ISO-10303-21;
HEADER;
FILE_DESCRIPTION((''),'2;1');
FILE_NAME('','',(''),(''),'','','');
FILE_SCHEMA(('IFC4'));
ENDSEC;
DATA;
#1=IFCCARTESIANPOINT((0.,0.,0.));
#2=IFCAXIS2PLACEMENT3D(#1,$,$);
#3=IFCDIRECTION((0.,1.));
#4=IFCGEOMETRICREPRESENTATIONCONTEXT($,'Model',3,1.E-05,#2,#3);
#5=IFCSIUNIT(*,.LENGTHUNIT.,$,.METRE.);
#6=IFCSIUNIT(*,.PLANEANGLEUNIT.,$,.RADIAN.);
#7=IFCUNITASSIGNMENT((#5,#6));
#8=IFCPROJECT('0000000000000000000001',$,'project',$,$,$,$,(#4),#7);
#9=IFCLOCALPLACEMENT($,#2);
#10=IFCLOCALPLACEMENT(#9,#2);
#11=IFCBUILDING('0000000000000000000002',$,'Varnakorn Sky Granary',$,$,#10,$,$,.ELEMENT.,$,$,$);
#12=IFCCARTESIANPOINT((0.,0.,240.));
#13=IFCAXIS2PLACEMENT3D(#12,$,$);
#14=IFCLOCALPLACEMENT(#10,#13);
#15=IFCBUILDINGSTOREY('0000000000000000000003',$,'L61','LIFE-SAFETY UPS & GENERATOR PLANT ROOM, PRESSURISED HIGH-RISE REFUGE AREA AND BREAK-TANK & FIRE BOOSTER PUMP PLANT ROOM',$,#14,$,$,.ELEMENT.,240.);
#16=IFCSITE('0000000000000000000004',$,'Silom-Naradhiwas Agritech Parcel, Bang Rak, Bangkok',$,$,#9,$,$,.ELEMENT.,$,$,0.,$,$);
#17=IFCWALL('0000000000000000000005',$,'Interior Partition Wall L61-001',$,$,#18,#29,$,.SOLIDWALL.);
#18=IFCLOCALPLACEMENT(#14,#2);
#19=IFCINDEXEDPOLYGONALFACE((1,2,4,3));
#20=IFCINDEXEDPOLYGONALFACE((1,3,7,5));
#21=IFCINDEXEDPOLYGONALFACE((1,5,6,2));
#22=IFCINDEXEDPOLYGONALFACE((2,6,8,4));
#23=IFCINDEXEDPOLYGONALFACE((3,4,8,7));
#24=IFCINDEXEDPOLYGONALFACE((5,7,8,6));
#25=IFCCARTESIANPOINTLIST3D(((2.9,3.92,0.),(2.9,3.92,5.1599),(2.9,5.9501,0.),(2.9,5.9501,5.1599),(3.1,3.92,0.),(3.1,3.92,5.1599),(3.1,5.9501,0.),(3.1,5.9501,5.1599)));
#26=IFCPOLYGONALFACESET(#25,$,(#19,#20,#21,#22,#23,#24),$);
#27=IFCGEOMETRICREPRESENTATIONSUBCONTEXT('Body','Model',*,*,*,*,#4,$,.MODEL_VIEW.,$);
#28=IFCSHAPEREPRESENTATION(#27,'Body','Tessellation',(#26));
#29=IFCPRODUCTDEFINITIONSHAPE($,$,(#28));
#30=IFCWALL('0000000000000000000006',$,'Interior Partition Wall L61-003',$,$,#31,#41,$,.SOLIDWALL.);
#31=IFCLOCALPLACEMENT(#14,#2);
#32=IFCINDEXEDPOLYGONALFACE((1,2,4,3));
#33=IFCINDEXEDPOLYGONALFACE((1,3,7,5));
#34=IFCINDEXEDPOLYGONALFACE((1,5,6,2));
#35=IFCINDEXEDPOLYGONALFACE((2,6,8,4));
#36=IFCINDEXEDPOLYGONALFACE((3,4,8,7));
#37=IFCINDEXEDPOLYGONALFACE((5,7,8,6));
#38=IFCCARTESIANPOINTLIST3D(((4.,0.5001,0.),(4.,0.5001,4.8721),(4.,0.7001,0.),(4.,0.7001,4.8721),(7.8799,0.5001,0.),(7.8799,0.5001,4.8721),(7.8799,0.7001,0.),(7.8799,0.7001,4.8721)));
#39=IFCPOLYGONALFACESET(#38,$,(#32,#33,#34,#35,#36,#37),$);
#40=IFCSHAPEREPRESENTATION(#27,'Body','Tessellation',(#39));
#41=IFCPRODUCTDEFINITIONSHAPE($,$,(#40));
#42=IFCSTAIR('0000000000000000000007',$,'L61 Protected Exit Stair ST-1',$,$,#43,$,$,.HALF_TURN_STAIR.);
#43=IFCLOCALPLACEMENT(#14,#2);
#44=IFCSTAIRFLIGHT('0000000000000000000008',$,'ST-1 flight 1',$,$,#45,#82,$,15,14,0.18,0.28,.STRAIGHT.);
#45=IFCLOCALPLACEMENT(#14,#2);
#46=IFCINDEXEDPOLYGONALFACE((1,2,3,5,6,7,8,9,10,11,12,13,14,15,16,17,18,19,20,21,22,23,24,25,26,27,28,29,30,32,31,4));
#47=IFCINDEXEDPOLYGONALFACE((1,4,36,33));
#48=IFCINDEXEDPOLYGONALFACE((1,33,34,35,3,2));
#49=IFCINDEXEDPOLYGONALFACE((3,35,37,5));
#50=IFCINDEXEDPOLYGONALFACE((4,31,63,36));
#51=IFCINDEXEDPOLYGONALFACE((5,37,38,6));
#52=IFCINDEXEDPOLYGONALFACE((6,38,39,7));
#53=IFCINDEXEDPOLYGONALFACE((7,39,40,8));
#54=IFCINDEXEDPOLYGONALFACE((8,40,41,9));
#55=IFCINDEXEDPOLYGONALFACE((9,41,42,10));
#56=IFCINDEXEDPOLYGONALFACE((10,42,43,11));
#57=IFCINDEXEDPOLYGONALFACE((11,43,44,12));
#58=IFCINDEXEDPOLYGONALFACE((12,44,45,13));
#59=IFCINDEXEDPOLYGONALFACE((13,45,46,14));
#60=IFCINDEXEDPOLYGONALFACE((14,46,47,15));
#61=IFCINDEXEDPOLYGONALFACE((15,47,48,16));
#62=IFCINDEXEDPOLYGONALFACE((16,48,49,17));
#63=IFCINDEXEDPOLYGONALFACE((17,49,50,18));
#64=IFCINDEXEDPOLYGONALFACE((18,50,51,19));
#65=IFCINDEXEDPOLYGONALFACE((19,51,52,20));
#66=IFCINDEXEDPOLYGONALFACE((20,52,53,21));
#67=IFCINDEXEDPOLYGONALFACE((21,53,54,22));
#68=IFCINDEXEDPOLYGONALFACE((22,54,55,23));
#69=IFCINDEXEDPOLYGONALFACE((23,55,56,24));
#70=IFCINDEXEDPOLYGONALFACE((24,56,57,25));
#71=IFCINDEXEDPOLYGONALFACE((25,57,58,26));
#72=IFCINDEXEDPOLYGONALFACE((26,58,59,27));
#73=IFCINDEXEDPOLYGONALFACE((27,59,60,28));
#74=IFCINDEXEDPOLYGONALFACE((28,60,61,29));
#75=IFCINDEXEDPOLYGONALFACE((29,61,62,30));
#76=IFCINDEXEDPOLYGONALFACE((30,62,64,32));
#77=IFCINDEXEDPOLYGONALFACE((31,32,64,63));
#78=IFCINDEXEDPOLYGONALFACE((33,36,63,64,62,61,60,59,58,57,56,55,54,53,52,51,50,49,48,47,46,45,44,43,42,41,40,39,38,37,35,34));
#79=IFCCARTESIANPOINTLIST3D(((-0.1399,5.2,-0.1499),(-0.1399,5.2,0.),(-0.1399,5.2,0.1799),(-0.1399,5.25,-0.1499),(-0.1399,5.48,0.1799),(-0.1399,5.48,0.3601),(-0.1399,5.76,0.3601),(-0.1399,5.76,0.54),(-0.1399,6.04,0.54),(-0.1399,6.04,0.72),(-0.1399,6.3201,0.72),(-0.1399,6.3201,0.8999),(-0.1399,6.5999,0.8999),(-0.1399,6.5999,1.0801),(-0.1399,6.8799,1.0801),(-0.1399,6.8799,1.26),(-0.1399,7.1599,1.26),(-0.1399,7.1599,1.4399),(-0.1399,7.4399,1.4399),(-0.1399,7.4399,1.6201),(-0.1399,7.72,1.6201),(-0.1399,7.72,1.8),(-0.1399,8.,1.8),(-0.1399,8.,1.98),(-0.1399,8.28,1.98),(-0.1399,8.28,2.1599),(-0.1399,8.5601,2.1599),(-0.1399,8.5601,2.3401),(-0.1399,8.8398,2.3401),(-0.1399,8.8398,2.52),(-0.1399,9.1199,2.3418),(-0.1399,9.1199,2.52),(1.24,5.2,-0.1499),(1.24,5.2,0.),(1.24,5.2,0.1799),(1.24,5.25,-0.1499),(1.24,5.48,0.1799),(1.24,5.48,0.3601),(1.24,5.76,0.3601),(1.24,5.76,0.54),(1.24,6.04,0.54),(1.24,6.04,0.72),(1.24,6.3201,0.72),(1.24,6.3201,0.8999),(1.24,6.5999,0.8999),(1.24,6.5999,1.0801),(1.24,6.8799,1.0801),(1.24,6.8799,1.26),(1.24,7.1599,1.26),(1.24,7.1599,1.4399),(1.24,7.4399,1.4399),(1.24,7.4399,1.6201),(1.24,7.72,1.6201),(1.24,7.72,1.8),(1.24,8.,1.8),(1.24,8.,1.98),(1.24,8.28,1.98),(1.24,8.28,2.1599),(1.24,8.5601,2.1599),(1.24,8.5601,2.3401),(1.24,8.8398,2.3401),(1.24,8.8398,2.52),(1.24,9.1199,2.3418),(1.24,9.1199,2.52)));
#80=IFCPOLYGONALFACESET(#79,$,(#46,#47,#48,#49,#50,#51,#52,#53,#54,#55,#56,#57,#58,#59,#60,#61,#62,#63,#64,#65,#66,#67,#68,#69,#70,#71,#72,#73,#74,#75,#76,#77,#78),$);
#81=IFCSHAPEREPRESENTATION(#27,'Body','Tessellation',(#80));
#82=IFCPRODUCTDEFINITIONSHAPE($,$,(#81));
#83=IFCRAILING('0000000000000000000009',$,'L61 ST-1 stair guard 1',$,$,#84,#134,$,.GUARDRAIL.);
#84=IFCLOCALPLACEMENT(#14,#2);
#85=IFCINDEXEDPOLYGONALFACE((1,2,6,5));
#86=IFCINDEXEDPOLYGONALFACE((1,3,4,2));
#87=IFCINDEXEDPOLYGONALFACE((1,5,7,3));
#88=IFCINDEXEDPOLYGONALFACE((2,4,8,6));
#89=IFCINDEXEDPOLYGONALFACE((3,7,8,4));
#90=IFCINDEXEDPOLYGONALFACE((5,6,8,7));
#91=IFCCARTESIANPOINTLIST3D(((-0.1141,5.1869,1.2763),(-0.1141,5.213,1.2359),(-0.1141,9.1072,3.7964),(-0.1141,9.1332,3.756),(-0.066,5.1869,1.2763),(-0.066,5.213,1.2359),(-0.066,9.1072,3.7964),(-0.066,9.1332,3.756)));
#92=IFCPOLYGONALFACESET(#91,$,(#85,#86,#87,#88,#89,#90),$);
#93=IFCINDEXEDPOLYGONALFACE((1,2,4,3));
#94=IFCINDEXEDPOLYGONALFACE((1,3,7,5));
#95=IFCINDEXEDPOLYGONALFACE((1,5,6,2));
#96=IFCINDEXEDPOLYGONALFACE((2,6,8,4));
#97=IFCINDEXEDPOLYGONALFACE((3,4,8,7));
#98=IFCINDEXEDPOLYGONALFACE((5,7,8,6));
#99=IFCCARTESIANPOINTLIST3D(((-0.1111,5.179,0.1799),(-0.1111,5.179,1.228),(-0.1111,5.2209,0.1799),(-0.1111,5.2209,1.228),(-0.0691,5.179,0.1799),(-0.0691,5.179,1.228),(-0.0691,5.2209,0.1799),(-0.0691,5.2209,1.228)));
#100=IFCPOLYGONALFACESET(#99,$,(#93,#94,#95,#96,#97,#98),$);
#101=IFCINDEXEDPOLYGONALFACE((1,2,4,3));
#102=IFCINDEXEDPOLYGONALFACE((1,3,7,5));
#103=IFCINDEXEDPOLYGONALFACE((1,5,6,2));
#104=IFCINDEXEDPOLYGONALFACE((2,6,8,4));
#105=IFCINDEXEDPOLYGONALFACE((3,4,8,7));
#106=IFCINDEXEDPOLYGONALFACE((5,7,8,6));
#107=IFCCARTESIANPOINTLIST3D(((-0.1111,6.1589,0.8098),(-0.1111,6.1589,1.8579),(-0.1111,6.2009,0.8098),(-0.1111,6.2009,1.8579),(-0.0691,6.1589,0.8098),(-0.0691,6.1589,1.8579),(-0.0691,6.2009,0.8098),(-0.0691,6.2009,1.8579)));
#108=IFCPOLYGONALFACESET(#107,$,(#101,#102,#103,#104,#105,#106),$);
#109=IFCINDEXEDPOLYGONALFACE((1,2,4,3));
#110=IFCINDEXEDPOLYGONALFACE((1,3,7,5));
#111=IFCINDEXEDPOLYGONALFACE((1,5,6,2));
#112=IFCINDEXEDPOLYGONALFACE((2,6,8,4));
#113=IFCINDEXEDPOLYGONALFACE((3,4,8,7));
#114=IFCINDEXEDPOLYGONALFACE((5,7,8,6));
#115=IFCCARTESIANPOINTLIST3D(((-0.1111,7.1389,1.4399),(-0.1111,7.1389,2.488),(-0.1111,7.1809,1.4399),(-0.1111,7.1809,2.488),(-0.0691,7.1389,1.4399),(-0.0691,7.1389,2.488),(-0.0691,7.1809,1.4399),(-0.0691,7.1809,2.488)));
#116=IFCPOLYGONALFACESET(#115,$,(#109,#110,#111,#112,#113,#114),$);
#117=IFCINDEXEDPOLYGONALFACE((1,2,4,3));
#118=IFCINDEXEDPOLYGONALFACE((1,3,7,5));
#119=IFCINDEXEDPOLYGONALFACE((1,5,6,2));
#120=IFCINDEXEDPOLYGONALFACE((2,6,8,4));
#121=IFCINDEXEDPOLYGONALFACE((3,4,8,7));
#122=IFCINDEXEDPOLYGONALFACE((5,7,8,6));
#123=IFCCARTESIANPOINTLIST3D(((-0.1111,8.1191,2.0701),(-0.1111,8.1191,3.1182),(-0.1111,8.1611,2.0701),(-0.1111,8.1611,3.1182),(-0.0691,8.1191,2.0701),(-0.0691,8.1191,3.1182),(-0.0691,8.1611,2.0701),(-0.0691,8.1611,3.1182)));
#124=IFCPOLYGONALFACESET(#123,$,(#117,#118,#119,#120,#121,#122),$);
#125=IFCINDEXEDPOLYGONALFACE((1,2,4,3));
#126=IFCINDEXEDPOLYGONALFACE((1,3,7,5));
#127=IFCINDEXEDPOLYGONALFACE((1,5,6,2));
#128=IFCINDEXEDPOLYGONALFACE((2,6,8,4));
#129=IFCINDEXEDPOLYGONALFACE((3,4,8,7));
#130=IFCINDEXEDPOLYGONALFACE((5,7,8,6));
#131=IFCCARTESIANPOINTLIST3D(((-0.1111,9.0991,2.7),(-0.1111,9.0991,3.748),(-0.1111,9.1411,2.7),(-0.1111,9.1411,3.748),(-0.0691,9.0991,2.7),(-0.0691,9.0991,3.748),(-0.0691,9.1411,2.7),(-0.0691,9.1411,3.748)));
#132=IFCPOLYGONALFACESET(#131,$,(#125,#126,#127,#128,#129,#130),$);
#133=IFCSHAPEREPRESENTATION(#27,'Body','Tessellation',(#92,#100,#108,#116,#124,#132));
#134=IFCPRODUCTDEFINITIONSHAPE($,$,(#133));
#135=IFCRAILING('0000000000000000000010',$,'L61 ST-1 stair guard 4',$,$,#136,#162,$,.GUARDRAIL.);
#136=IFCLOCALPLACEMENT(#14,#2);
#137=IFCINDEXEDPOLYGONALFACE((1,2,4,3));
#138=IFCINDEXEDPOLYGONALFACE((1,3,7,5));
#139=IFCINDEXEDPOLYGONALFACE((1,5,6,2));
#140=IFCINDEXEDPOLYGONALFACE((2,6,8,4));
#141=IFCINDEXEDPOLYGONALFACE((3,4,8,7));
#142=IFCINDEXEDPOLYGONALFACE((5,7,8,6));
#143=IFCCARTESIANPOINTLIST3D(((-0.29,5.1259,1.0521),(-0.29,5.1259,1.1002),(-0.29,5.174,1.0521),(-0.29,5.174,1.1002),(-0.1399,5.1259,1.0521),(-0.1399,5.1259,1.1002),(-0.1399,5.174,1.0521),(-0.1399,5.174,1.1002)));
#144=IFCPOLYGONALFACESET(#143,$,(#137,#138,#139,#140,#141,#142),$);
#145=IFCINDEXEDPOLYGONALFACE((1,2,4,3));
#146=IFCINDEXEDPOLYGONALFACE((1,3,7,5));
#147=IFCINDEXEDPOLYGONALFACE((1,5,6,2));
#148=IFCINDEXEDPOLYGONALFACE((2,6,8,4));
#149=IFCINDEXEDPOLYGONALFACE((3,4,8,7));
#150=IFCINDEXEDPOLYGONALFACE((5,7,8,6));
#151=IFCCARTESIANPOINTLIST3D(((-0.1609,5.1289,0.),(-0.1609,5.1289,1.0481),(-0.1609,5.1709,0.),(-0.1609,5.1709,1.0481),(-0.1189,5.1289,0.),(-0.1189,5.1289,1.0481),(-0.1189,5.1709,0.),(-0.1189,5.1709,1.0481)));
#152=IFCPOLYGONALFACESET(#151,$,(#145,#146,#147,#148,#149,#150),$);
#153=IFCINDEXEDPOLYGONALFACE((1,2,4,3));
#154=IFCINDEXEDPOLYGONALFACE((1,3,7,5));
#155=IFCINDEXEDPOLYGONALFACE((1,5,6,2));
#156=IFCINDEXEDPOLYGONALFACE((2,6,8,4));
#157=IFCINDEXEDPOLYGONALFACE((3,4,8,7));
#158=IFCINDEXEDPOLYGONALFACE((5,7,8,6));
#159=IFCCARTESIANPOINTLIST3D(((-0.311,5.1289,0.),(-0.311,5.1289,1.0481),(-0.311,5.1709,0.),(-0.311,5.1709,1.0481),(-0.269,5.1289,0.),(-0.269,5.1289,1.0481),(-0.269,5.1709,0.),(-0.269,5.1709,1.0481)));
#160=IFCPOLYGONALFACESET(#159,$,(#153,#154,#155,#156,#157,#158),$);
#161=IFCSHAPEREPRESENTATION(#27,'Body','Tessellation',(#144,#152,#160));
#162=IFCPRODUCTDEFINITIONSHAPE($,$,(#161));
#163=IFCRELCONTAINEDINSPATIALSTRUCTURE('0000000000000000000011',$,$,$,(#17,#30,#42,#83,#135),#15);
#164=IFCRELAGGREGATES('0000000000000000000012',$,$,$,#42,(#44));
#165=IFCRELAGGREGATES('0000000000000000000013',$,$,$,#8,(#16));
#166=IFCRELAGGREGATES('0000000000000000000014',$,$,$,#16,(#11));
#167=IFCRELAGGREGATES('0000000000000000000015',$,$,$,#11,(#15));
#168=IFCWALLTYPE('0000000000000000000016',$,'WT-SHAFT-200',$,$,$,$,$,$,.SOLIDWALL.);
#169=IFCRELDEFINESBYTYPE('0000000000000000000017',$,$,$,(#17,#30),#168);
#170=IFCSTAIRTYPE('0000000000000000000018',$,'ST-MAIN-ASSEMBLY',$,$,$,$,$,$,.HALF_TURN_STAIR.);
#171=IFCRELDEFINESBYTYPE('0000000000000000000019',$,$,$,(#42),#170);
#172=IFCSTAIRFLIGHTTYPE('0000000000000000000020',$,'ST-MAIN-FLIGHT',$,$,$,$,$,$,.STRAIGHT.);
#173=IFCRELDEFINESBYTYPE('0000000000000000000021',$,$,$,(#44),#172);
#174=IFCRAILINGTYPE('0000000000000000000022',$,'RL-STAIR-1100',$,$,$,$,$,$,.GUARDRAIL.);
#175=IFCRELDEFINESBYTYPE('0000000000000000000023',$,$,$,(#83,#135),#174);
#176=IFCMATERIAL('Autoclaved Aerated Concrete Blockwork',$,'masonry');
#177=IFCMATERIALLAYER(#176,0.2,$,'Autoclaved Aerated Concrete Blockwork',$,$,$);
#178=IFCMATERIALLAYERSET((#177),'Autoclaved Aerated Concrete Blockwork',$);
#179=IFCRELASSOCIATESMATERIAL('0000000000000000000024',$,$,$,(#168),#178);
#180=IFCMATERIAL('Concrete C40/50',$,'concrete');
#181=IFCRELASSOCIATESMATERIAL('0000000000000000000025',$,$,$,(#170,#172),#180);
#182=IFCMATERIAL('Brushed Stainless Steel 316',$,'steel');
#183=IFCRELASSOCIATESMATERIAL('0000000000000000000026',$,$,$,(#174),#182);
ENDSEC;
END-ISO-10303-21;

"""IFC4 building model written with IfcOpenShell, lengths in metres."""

from ifc_helpers import new_model, si_unit, direction, frame, frame_2d, origin, origin_2d, place, context, subcontext, project, spatial, polyline, rectangle, outline, extrude, material, layer, layer_set, type_object, element, aggregate, save


model = new_model("IFC4")

# Units and contexts
model_context = context("Model", 3, precision=1e-05, world=origin(), true_north=direction((0.0, 1.0)))
body_context = subcontext(model_context, "Body", "Model", "MODEL_VIEW")
ifc_project = project(units=[si_unit("LENGTHUNIT", "METRE"), si_unit("PLANEANGLEUNIT", "RADIAN")], contexts=[model_context])

# Site, building, storey
site_placement = place(None, origin())
site = spatial("IfcSite", under=ifc_project, at=site_placement, Name="Silom-Naradhiwas Agritech Parcel, Bang Rak, Bangkok", CompositionType="ELEMENT", RefElevation=0.0)
building_placement = place(site_placement, origin())
building = spatial("IfcBuilding", under=site, at=building_placement, Name="Varnakorn Sky Granary", CompositionType="ELEMENT")
storey_placement = place(building_placement, frame((0.0, 0.0, 240.0)))
storey = spatial("IfcBuildingStorey", under=building, at=storey_placement, Name="L61", Description="LIFE-SAFETY UPS & GENERATOR PLANT ROOM, PRESSURISED HIGH-RISE REFUGE AREA AND BREAK-TANK & FIRE BOOSTER PUMP PLANT ROOM", CompositionType="ELEMENT", Elevation=240.0)

# Shared definitions
ifc_material_1 = material(Name="Autoclaved Aerated Concrete Blockwork", Category="masonry")

# Walls
ifc_layer_1 = layer(ifc_material_1, 0.2, Name="Autoclaved Aerated Concrete Blockwork")
ifc_layer_set_1 = layer_set([ifc_layer_1], Name="Autoclaved Aerated Concrete Blockwork")
wall_type_1 = type_object("IfcWallType", Name="WT-SHAFT-200", PredefinedType="SOLIDWALL", material=ifc_layer_set_1)
wall_1_placement = place(storey_placement, frame((3.0, 3.9199, 0.0), z_axis=(0.0, 0.0, 1.0), x_axis=(0.0, 1.0, 0.0)))
element("IfcWall", 1, at=wall_1_placement, inside=storey, type_object=wall_type_1, Name="Interior Partition Wall L61-001", PredefinedType="SOLIDWALL", context=body_context, shape_type="SweptSolid", body=[
    extrude(rectangle(XDim=2.03, YDim=0.2, at=frame_2d((1.0151, 0.0))), origin(), (0.0, 0.0, 1.0), 5.1599),
])
wall_2_placement = place(storey_placement, frame((4.0, 0.6001, 0.0), z_axis=(0.0, 0.0, 1.0), x_axis=(1.0, 0.0, 0.0)))
element("IfcWall", 2, at=wall_2_placement, inside=storey, type_object=wall_type_1, Name="Interior Partition Wall L61-003", PredefinedType="SOLIDWALL", context=body_context, shape_type="SweptSolid", body=[
    extrude(rectangle(XDim=3.8799, YDim=0.2, at=frame_2d((1.9399, 0.0))), origin(), (0.0, 0.0, 1.0), 4.8721),
])

# Stair, stair flight
ifc_material_2 = material(Name="Concrete C40/50", Category="concrete")
stair_type = type_object("IfcStairType", Name="ST-MAIN-ASSEMBLY", PredefinedType="HALF_TURN_STAIR", material=ifc_material_2)
stair_placement = place(storey_placement, origin())
stair = element("IfcStair", 3, at=stair_placement, inside=storey, type_object=stair_type, Name="L61 Protected Exit Stair ST-1", PredefinedType="HALF_TURN_STAIR")
stair_flight_type = type_object("IfcStairFlightType", Name="ST-MAIN-FLIGHT", PredefinedType="STRAIGHT", material=ifc_material_2)
stair_flight_placement = place(storey_placement, frame((0.55, 5.2, 0.0), z_axis=(0.0, 0.0, 1.0), x_axis=(0.0, 1.0, 0.0)))
stair_flight = element("IfcStairFlight", 4, at=stair_flight_placement, type_object=stair_flight_type, Name="ST-1 flight 1", NumberOfRisers=15, NumberOfTreads=14, PredefinedType="STRAIGHT", RiserHeight=0.18, TreadLength=0.28, context=body_context, shape_type="SweptSolid", body=[
    extrude(outline(polyline([(0.0, -0.1499), (0.0, 0.0), (0.0, 0.1799), (0.28, 0.1799), (0.28, 0.3601), (0.5601, 0.3601), (0.5601, 0.54), (0.8401, 0.54), (0.8401, 0.72), (1.1201, 0.72), (1.1201, 0.8999), (1.3999, 0.8999), (1.3999, 1.0801), (1.6799, 1.0801), (1.6799, 1.26), (1.96, 1.26), (1.96, 1.4399), (2.24, 1.4399), (2.24, 1.6201), (2.52, 1.6201), (2.52, 1.8), (2.8, 1.8), (2.8, 1.98), (3.0801, 1.98), (3.0801, 2.1599), (3.3601, 2.1599), (3.3601, 2.3401), (3.6399, 2.3401), (3.6399, 2.52), (3.9199, 2.52), (3.9199, 2.7), (3.9199, 2.3418), (0.05, -0.1499), (0.0, -0.1499)])), frame((0.0, 0.6899, 0.0), z_axis=(0.0, -1.0, 0.0), x_axis=(1.0, 0.0, 0.0)), (0.0, 0.0, 1.0), 1.3799),
])
aggregate(stair, [stair_flight])

# Railings
ifc_material_3 = material(Name="Brushed Stainless Steel 316", Category="steel")
railing_type = type_object("IfcRailingType", Name="RL-STAIR-1100", PredefinedType="GUARDRAIL", material=ifc_material_3)
railing_1_placement = place(storey_placement, frame((-0.0901, 5.2, 0.1799)))
element("IfcRailing", 5, at=railing_1_placement, inside=storey, type_object=railing_type, Name="L61 ST-1 stair guard 1", PredefinedType="GUARDRAIL", context=body_context, shape_type="SweptSolid", body=[
    extrude(rectangle(XDim=0.0481, YDim=0.0481, at=origin_2d()), frame((0.0, 0.0, 1.0762), z_axis=(0.0, 0.841187, 0.540744), x_axis=(-1.0, 0.0, 0.0)), (0.0, 0.0, 1.0), 4.6604),
    extrude(rectangle(XDim=0.042, YDim=0.042, at=origin_2d()), origin(), (0.0, 0.0, 1.0), 1.0481),
    extrude(rectangle(XDim=0.042, YDim=0.042, at=origin_2d()), frame((0.0, 0.98, 0.6299)), (0.0, 0.0, 1.0), 1.0481),
    extrude(rectangle(XDim=0.042, YDim=0.042, at=origin_2d()), frame((0.0, 1.96, 1.26)), (0.0, 0.0, 1.0), 1.0481),
    extrude(rectangle(XDim=0.042, YDim=0.042, at=origin_2d()), frame((0.0, 2.9402, 1.8901)), (0.0, 0.0, 1.0), 1.0481),
    extrude(rectangle(XDim=0.042, YDim=0.042, at=origin_2d()), frame((0.0, 3.9202, 2.52)), (0.0, 0.0, 1.0), 1.0481),
])
railing_2_placement = place(storey_placement, frame((-0.1399, 5.1499, 0.0)))
element("IfcRailing", 6, at=railing_2_placement, inside=storey, type_object=railing_type, Name="L61 ST-1 stair guard 4", PredefinedType="GUARDRAIL", context=body_context, shape_type="SweptSolid", body=[
    extrude(rectangle(XDim=0.0481, YDim=0.0481, at=origin_2d()), frame((0.0, 0.0, 1.0762), z_axis=(-1.0, 0.0, 0.0), x_axis=(0.0, -1.0, 0.0)), (0.0, 0.0, 1.0), 0.1501),
    extrude(rectangle(XDim=0.042, YDim=0.042, at=origin_2d()), origin(), (0.0, 0.0, 1.0), 1.0481),
    extrude(rectangle(XDim=0.042, YDim=0.042, at=origin_2d()), frame((-0.1501, 0.0, 0.0)), (0.0, 0.0, 1.0), 1.0481),
])

save(model, "model.ifc")
